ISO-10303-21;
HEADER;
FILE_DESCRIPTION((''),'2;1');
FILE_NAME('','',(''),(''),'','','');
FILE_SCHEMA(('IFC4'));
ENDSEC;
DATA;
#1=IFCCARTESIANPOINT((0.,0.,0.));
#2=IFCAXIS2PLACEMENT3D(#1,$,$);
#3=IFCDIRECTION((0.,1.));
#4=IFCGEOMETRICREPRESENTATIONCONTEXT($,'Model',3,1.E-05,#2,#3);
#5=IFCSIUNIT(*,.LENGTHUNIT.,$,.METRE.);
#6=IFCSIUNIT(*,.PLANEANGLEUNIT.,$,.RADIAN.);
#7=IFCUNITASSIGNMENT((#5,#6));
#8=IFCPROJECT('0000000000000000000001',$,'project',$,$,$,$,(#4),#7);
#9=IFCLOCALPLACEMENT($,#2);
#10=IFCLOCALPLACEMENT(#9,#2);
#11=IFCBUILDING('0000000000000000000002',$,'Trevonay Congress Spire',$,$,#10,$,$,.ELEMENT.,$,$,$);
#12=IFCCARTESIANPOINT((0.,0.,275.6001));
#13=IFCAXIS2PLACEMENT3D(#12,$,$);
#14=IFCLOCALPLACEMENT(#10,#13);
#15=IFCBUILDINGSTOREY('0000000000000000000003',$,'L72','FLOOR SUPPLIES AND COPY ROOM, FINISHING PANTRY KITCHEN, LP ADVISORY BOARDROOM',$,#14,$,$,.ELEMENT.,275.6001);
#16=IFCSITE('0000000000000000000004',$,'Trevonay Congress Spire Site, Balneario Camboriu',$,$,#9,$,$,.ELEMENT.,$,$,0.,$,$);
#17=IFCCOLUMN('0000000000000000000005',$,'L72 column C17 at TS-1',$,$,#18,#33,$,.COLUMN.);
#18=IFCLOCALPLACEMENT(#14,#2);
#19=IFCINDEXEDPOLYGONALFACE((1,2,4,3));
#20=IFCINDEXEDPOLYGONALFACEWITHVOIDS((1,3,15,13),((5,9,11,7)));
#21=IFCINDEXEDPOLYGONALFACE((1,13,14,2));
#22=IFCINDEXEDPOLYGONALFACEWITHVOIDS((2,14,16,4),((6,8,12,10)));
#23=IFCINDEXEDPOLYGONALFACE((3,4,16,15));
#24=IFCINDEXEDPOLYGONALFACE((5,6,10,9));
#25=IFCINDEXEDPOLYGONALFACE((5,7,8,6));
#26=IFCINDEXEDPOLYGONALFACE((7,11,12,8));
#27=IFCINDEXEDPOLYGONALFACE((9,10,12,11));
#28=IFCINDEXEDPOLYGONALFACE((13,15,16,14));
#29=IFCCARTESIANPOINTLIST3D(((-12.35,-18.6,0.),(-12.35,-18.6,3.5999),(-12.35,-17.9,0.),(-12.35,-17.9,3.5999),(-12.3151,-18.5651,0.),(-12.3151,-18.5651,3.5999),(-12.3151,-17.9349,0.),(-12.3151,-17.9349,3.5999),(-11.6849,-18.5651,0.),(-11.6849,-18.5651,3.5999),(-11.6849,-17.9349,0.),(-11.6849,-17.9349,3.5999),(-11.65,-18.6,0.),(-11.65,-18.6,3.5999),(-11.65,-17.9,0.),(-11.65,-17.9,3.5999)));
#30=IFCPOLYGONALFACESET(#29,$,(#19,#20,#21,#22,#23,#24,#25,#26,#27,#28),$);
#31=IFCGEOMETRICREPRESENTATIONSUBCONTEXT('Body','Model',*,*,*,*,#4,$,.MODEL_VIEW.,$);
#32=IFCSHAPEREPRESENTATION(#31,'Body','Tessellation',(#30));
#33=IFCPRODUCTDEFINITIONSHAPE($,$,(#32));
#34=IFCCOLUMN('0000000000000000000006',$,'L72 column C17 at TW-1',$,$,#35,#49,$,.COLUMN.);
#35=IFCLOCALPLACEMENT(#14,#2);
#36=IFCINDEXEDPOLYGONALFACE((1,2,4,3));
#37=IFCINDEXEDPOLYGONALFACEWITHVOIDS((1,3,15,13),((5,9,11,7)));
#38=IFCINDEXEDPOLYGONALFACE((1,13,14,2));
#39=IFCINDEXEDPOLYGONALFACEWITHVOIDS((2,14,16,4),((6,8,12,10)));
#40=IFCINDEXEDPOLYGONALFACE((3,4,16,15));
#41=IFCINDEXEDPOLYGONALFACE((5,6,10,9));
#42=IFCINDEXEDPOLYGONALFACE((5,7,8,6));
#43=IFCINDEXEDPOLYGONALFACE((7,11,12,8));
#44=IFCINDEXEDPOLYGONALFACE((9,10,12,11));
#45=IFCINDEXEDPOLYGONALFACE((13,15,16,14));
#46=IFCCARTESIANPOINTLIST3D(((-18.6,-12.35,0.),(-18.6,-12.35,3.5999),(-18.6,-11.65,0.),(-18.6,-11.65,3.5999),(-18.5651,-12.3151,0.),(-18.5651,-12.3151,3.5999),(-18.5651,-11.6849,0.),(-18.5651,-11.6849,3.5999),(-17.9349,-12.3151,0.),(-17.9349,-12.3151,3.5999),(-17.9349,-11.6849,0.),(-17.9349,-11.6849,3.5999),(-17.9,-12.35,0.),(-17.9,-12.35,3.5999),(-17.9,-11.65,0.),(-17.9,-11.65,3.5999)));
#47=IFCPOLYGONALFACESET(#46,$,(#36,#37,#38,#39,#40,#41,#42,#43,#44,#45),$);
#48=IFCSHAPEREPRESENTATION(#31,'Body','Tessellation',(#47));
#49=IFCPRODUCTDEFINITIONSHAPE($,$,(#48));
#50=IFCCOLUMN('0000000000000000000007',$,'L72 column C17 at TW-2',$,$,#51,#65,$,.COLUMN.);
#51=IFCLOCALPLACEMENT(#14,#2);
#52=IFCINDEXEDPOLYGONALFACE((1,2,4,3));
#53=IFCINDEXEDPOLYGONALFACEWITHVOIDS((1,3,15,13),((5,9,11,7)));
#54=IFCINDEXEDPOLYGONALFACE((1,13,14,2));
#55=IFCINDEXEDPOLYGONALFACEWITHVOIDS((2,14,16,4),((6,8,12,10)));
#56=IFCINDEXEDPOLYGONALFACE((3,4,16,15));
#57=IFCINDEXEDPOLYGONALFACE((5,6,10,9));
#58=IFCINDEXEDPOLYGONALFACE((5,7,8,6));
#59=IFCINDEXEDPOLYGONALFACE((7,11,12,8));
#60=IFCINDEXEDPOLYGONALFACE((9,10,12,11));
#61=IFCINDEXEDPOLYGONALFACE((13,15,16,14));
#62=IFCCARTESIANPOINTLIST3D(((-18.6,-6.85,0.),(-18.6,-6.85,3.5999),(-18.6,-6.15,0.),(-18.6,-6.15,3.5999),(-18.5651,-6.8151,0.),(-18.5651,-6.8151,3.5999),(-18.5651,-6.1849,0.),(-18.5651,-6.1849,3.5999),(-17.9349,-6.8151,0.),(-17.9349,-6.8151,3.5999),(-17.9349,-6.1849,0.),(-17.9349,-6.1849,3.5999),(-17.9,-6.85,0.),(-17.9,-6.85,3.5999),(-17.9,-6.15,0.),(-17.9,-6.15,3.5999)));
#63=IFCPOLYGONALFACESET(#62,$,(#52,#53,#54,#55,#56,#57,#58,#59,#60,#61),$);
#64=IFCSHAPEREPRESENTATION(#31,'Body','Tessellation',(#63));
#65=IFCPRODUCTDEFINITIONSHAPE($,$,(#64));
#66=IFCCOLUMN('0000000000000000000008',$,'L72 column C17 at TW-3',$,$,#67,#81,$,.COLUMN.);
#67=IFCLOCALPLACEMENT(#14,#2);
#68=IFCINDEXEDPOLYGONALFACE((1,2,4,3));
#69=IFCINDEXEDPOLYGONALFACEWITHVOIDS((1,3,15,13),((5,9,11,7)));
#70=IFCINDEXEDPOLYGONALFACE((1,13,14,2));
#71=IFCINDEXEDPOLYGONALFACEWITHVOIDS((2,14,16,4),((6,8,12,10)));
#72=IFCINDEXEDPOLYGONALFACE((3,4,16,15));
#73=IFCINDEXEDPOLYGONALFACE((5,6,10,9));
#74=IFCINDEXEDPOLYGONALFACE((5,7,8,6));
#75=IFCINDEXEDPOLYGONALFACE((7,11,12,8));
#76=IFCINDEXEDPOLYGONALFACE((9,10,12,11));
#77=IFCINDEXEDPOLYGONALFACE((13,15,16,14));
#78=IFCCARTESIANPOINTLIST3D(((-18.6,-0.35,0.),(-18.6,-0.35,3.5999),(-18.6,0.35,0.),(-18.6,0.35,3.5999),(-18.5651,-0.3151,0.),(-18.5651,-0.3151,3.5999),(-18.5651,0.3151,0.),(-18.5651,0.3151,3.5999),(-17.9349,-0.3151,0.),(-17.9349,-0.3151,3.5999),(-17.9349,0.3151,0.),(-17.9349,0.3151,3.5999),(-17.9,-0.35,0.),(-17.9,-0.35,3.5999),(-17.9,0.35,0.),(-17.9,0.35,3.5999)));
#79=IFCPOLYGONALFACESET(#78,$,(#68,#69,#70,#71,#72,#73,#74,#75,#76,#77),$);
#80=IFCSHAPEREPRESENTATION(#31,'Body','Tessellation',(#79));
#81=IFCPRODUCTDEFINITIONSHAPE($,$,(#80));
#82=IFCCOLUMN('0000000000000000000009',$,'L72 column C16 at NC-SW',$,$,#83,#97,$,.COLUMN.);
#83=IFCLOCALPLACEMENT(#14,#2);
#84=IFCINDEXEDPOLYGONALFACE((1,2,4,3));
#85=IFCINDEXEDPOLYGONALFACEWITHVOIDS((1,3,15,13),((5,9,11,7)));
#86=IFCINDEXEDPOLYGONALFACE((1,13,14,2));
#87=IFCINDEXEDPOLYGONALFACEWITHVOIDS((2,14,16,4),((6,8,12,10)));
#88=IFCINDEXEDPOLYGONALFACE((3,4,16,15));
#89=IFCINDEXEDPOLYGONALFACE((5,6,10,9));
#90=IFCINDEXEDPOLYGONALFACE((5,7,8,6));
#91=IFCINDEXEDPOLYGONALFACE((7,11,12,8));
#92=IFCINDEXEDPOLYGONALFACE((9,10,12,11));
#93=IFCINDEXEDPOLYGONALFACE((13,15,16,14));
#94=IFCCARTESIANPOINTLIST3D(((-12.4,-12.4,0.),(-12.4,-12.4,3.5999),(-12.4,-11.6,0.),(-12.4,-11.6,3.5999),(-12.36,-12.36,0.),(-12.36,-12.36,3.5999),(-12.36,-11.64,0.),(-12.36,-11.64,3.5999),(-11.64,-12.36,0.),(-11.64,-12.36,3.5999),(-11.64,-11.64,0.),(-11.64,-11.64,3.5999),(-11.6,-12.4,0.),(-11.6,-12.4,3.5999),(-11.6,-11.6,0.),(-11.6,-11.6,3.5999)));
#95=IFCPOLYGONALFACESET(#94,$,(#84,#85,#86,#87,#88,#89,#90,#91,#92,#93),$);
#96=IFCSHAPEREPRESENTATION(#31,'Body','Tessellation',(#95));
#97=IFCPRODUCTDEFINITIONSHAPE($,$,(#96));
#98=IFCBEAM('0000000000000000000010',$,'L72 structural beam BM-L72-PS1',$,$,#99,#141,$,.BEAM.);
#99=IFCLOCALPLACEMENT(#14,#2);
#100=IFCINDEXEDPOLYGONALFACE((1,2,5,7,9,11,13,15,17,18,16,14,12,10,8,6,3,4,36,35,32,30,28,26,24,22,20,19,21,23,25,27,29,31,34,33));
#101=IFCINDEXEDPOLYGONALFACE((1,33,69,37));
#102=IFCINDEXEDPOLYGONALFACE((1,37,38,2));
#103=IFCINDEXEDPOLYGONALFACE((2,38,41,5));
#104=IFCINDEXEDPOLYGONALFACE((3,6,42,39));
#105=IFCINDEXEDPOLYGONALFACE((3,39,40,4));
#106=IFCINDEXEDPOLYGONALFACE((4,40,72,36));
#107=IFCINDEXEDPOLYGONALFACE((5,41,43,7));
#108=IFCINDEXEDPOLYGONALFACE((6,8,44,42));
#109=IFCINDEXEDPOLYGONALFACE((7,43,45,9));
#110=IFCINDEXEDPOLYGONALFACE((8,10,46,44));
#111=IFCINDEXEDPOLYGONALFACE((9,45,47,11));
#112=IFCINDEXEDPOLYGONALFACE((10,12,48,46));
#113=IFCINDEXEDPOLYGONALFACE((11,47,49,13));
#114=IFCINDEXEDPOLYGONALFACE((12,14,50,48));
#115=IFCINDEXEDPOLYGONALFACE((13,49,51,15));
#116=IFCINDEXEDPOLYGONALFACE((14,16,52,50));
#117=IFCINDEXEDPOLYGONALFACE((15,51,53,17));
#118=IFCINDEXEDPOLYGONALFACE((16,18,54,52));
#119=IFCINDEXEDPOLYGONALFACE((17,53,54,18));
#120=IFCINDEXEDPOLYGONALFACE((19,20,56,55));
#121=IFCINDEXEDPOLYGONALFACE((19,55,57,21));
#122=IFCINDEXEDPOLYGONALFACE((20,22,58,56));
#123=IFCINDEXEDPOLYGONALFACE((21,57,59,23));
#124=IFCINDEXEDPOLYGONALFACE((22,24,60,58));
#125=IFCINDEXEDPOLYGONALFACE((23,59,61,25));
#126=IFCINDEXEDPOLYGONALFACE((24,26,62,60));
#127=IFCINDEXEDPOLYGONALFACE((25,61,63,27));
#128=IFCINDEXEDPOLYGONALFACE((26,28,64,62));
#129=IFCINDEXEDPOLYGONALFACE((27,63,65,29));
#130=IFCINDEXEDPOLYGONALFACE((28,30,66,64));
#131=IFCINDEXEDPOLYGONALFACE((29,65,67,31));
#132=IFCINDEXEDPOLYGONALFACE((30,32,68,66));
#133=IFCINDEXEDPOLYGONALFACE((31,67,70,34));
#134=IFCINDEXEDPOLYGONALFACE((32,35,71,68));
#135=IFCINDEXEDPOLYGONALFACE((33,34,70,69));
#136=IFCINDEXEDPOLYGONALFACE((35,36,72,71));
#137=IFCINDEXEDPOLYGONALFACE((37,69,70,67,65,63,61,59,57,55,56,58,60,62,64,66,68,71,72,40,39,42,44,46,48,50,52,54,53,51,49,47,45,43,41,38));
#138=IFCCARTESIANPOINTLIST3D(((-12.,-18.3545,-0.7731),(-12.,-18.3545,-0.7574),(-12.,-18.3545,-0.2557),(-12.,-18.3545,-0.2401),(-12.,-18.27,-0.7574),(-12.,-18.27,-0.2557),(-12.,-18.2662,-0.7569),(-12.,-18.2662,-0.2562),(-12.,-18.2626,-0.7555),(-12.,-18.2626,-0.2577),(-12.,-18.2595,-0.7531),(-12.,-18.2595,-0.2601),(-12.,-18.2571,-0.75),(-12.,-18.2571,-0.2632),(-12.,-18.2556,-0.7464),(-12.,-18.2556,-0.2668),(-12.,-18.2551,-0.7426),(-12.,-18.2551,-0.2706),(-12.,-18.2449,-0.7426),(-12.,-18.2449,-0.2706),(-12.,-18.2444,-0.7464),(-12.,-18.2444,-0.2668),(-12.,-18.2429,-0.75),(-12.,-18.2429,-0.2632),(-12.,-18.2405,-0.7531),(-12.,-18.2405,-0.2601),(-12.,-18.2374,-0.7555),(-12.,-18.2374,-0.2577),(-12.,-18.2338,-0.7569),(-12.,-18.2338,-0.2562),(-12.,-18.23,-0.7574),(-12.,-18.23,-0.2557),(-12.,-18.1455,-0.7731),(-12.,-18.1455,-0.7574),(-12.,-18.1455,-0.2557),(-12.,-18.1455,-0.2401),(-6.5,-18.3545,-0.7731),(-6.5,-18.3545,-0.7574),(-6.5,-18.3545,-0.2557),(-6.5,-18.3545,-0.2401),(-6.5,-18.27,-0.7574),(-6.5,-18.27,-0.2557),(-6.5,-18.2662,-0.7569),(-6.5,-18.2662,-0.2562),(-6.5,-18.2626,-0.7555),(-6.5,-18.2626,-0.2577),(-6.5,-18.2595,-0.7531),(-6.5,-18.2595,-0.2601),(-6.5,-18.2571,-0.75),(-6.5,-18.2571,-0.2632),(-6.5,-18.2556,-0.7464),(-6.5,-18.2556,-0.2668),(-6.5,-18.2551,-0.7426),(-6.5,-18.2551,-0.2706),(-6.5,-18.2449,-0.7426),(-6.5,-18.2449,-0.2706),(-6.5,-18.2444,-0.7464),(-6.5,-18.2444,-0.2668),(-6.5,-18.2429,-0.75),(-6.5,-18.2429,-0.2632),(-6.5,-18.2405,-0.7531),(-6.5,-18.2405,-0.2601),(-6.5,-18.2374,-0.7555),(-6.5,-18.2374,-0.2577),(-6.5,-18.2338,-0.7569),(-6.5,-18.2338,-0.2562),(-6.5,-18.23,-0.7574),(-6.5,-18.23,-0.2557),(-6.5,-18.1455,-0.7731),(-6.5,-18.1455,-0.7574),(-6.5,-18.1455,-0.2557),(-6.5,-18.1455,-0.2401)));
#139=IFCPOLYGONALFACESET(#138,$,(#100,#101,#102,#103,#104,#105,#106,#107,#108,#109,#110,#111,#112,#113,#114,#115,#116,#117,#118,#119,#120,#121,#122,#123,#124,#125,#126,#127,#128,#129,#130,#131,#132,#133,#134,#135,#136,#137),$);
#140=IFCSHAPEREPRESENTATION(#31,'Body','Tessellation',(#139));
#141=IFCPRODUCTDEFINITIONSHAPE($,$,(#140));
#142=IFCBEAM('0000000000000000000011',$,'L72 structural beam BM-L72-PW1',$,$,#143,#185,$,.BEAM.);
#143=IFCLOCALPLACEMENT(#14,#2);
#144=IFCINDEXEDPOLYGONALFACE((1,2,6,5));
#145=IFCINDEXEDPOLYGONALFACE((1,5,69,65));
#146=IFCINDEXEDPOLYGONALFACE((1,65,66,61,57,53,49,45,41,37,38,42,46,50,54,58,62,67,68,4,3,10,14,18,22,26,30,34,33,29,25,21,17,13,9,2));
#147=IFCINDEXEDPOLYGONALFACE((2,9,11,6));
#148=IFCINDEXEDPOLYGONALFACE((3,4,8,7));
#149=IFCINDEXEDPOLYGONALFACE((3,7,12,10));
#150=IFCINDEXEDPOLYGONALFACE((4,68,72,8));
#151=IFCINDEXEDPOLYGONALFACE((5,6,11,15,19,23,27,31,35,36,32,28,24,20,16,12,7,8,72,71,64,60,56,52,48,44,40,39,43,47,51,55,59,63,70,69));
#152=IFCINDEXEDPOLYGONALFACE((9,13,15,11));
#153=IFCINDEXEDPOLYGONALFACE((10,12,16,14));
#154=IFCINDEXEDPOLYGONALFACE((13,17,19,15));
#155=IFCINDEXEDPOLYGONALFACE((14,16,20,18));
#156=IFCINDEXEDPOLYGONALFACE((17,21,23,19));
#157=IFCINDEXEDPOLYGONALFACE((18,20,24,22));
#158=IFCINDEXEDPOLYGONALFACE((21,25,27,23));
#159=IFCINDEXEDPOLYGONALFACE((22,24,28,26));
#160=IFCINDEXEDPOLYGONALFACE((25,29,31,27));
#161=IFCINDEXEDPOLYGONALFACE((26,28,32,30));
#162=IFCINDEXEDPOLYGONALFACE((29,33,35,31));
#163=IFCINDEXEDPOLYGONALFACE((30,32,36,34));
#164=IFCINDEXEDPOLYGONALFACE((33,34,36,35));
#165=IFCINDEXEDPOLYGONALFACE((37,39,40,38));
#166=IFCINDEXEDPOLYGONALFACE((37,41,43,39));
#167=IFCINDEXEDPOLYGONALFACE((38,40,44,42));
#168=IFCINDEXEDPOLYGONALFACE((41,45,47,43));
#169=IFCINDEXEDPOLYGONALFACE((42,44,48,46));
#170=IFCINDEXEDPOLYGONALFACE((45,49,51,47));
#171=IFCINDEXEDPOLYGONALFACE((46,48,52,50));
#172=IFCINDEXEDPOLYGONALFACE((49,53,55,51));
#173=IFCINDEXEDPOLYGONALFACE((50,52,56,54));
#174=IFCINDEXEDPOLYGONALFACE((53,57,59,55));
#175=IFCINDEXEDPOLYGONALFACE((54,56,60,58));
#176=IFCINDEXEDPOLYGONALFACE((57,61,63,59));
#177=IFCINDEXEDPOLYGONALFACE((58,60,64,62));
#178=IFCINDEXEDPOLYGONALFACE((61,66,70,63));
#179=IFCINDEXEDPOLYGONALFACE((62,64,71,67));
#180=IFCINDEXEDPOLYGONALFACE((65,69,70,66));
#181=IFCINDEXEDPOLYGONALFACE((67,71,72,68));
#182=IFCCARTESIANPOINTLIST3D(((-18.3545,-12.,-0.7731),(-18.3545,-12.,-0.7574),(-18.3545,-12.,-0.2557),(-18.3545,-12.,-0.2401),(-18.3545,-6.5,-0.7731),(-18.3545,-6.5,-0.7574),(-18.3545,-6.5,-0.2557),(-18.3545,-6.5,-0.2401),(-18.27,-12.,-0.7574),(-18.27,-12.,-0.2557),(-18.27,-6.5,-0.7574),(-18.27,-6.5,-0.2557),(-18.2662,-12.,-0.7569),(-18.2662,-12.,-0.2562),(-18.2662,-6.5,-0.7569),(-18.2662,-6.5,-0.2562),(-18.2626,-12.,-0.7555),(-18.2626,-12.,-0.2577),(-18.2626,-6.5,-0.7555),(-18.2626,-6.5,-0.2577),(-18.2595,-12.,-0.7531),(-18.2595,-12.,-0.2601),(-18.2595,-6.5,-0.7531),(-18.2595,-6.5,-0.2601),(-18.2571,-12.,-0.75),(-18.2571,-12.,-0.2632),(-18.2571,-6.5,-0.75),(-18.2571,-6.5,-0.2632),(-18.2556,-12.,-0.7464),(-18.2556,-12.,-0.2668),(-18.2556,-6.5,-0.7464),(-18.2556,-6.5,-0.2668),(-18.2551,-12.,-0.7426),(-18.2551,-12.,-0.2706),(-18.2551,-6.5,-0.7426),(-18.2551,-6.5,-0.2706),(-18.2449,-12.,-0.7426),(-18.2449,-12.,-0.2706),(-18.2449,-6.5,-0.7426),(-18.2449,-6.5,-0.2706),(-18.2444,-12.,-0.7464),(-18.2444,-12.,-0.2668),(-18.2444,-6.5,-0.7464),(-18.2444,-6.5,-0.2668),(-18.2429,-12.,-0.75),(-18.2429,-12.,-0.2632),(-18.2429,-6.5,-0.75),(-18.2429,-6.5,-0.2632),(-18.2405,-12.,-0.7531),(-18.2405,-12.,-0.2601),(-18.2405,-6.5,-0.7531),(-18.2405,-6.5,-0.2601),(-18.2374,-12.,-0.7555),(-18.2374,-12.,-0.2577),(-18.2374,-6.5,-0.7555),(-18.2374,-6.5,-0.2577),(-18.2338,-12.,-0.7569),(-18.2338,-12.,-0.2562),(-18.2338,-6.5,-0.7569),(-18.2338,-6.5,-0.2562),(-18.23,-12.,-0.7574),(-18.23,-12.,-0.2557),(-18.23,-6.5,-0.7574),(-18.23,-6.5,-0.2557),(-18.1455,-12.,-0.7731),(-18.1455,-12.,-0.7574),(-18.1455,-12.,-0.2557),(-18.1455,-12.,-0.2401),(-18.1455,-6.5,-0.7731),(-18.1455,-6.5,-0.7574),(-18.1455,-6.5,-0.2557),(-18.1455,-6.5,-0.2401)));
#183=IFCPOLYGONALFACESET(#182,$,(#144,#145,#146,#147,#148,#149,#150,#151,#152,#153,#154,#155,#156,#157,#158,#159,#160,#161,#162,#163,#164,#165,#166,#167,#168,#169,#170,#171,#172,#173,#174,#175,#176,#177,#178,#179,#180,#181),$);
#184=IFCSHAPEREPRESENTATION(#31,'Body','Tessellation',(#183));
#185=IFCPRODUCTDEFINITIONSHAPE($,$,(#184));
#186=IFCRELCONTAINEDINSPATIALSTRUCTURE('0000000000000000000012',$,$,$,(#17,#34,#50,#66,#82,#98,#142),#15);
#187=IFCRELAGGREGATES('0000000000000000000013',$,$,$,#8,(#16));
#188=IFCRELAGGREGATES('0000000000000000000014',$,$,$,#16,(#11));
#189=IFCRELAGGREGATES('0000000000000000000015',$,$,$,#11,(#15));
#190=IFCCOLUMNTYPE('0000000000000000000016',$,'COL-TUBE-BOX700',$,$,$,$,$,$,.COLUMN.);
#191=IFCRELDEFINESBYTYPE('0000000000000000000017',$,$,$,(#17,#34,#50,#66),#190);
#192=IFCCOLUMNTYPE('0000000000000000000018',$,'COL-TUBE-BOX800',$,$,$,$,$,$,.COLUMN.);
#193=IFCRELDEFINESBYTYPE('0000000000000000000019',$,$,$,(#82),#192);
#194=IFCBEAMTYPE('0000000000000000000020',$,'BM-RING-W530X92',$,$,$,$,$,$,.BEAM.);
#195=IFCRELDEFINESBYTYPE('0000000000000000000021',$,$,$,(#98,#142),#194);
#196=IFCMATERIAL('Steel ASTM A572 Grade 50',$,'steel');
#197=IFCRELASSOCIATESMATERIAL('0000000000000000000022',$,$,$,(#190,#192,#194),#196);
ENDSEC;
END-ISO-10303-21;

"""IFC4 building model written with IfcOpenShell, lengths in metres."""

from ifc_helpers import new_model, si_unit, direction, frame, origin, origin_2d, place, context, subcontext, project, spatial, hollow_rectangle, i_section, extrude, material, material_profile, profile_set, type_object, element, save


model = new_model("IFC4")

# Units and contexts
model_context = context("Model", 3, precision=1e-05, world=origin(), true_north=direction((0.0, 1.0)))
body_context = subcontext(model_context, "Body", "Model", "MODEL_VIEW")
ifc_project = project(units=[si_unit("LENGTHUNIT", "METRE"), si_unit("PLANEANGLEUNIT", "RADIAN")], contexts=[model_context])

# Site, building, storey
site_placement = place(None, origin())
site = spatial("IfcSite", under=ifc_project, at=site_placement, Name="Trevonay Congress Spire Site, Balneario Camboriu", CompositionType="ELEMENT", RefElevation=0.0)
building_placement = place(site_placement, origin())
building = spatial("IfcBuilding", under=site, at=building_placement, Name="Trevonay Congress Spire", CompositionType="ELEMENT")
storey_placement = place(building_placement, frame((0.0, 0.0, 275.6001)))
storey = spatial("IfcBuildingStorey", under=building, at=storey_placement, Name="L72", Description="FLOOR SUPPLIES AND COPY ROOM, FINISHING PANTRY KITCHEN, LP ADVISORY BOARDROOM", CompositionType="ELEMENT", Elevation=275.6001)

# Columns
ifc_material_1 = material(Name="Steel ASTM A572 Grade 50", Category="steel")
ifc_material_profile_1 = material_profile(ifc_material_1, hollow_rectangle(XDim=0.7, YDim=0.7, WallThickness=0.0349, at=origin_2d()), Name="BOX 700x700x35")
ifc_profile_set_1 = profile_set([ifc_material_profile_1], Name="Steel ASTM A572 Grade 50")
column_type_1 = type_object("IfcColumnType", Name="COL-TUBE-BOX700", PredefinedType="COLUMN", material=ifc_profile_set_1)
for number, where, z_axis, x_axis, name in (
    (1, (-12.0, -18.25, 0.0), (0.0, 0.0, 1.0), (1.0, 0.0, 0.0), "L72 column C17 at TS-1"),
    (2, (-18.25, -12.0, 0.0), (0.0, 0.0, 1.0), (1.0, 0.0, 0.0), "L72 column C17 at TW-1"),
    (3, (-18.25, -6.5, 0.0), (0.0, 0.0, 1.0), (1.0, 0.0, 0.0), "L72 column C17 at TW-2"),
    (4, (-18.25, 0.0, 0.0), (0.0, 0.0, 1.0), (1.0, 0.0, 0.0), "L72 column C17 at TW-3"),
):
    element("IfcColumn", number, at=place(storey_placement, frame(where, z_axis=z_axis, x_axis=x_axis)), inside=storey, type_object=column_type_1, Name=name, PredefinedType="COLUMN", context=body_context, shape_type="SweptSolid", body=[
        extrude(hollow_rectangle(XDim=0.7, YDim=0.7, WallThickness=0.0349, at=origin_2d()), origin(), (0.0, 0.0, 1.0), 3.5999),
    ])
ifc_material_profile_2 = material_profile(ifc_material_1, hollow_rectangle(XDim=0.8, YDim=0.8, WallThickness=0.04, at=origin_2d()), Name="BOX 800x800x40")
ifc_profile_set_2 = profile_set([ifc_material_profile_2], Name="Steel ASTM A572 Grade 50")
column_type_2 = type_object("IfcColumnType", Name="COL-TUBE-BOX800", PredefinedType="COLUMN", material=ifc_profile_set_2)
column_placement = place(storey_placement, frame((-12.0, -12.0, 0.0), z_axis=(0.0, 0.0, 1.0), x_axis=(1.0, 0.0, 0.0)))
element("IfcColumn", 5, at=column_placement, inside=storey, type_object=column_type_2, Name="L72 column C16 at NC-SW", PredefinedType="COLUMN", context=body_context, shape_type="SweptSolid", body=[
    extrude(hollow_rectangle(XDim=0.8, YDim=0.8, WallThickness=0.04, at=origin_2d()), origin(), (0.0, 0.0, 1.0), 3.5999),
])

# Beams
ifc_material_profile_3 = material_profile(ifc_material_1, i_section(OverallWidth=0.209, OverallDepth=0.533, WebThickness=0.0103, FlangeThickness=0.0156, FilletRadius=0.0149, at=origin_2d()), Name="W530x92")
ifc_profile_set_3 = profile_set([ifc_material_profile_3], Name="Steel ASTM A572 Grade 50")
beam_type_1 = type_object("IfcBeamType", Name="BM-RING-W530X92", PredefinedType="BEAM", material=ifc_profile_set_3)
for number, where, z_axis, x_axis, name in (
    (6, (-12.0, -18.25, -0.5066), (1.0, 0.0, 0.0), (0.0, 1.0, 0.0), "L72 structural beam BM-L72-PS1"),
    (7, (-18.25, -12.0, -0.5066), (0.0, 1.0, 0.0), (-1.0, 0.0, 0.0), "L72 structural beam BM-L72-PW1"),
):
    element("IfcBeam", number, at=place(storey_placement, frame(where, z_axis=z_axis, x_axis=x_axis)), inside=storey, type_object=beam_type_1, Name=name, PredefinedType="BEAM", context=body_context, shape_type="SweptSolid", body=[
        extrude(i_section(OverallWidth=0.209, OverallDepth=0.533, WebThickness=0.0103, FlangeThickness=0.0156, FilletRadius=0.0149, at=origin_2d()), origin(), (0.0, 0.0, 1.0), 5.5),
    ])

save(model, "model.ifc")
